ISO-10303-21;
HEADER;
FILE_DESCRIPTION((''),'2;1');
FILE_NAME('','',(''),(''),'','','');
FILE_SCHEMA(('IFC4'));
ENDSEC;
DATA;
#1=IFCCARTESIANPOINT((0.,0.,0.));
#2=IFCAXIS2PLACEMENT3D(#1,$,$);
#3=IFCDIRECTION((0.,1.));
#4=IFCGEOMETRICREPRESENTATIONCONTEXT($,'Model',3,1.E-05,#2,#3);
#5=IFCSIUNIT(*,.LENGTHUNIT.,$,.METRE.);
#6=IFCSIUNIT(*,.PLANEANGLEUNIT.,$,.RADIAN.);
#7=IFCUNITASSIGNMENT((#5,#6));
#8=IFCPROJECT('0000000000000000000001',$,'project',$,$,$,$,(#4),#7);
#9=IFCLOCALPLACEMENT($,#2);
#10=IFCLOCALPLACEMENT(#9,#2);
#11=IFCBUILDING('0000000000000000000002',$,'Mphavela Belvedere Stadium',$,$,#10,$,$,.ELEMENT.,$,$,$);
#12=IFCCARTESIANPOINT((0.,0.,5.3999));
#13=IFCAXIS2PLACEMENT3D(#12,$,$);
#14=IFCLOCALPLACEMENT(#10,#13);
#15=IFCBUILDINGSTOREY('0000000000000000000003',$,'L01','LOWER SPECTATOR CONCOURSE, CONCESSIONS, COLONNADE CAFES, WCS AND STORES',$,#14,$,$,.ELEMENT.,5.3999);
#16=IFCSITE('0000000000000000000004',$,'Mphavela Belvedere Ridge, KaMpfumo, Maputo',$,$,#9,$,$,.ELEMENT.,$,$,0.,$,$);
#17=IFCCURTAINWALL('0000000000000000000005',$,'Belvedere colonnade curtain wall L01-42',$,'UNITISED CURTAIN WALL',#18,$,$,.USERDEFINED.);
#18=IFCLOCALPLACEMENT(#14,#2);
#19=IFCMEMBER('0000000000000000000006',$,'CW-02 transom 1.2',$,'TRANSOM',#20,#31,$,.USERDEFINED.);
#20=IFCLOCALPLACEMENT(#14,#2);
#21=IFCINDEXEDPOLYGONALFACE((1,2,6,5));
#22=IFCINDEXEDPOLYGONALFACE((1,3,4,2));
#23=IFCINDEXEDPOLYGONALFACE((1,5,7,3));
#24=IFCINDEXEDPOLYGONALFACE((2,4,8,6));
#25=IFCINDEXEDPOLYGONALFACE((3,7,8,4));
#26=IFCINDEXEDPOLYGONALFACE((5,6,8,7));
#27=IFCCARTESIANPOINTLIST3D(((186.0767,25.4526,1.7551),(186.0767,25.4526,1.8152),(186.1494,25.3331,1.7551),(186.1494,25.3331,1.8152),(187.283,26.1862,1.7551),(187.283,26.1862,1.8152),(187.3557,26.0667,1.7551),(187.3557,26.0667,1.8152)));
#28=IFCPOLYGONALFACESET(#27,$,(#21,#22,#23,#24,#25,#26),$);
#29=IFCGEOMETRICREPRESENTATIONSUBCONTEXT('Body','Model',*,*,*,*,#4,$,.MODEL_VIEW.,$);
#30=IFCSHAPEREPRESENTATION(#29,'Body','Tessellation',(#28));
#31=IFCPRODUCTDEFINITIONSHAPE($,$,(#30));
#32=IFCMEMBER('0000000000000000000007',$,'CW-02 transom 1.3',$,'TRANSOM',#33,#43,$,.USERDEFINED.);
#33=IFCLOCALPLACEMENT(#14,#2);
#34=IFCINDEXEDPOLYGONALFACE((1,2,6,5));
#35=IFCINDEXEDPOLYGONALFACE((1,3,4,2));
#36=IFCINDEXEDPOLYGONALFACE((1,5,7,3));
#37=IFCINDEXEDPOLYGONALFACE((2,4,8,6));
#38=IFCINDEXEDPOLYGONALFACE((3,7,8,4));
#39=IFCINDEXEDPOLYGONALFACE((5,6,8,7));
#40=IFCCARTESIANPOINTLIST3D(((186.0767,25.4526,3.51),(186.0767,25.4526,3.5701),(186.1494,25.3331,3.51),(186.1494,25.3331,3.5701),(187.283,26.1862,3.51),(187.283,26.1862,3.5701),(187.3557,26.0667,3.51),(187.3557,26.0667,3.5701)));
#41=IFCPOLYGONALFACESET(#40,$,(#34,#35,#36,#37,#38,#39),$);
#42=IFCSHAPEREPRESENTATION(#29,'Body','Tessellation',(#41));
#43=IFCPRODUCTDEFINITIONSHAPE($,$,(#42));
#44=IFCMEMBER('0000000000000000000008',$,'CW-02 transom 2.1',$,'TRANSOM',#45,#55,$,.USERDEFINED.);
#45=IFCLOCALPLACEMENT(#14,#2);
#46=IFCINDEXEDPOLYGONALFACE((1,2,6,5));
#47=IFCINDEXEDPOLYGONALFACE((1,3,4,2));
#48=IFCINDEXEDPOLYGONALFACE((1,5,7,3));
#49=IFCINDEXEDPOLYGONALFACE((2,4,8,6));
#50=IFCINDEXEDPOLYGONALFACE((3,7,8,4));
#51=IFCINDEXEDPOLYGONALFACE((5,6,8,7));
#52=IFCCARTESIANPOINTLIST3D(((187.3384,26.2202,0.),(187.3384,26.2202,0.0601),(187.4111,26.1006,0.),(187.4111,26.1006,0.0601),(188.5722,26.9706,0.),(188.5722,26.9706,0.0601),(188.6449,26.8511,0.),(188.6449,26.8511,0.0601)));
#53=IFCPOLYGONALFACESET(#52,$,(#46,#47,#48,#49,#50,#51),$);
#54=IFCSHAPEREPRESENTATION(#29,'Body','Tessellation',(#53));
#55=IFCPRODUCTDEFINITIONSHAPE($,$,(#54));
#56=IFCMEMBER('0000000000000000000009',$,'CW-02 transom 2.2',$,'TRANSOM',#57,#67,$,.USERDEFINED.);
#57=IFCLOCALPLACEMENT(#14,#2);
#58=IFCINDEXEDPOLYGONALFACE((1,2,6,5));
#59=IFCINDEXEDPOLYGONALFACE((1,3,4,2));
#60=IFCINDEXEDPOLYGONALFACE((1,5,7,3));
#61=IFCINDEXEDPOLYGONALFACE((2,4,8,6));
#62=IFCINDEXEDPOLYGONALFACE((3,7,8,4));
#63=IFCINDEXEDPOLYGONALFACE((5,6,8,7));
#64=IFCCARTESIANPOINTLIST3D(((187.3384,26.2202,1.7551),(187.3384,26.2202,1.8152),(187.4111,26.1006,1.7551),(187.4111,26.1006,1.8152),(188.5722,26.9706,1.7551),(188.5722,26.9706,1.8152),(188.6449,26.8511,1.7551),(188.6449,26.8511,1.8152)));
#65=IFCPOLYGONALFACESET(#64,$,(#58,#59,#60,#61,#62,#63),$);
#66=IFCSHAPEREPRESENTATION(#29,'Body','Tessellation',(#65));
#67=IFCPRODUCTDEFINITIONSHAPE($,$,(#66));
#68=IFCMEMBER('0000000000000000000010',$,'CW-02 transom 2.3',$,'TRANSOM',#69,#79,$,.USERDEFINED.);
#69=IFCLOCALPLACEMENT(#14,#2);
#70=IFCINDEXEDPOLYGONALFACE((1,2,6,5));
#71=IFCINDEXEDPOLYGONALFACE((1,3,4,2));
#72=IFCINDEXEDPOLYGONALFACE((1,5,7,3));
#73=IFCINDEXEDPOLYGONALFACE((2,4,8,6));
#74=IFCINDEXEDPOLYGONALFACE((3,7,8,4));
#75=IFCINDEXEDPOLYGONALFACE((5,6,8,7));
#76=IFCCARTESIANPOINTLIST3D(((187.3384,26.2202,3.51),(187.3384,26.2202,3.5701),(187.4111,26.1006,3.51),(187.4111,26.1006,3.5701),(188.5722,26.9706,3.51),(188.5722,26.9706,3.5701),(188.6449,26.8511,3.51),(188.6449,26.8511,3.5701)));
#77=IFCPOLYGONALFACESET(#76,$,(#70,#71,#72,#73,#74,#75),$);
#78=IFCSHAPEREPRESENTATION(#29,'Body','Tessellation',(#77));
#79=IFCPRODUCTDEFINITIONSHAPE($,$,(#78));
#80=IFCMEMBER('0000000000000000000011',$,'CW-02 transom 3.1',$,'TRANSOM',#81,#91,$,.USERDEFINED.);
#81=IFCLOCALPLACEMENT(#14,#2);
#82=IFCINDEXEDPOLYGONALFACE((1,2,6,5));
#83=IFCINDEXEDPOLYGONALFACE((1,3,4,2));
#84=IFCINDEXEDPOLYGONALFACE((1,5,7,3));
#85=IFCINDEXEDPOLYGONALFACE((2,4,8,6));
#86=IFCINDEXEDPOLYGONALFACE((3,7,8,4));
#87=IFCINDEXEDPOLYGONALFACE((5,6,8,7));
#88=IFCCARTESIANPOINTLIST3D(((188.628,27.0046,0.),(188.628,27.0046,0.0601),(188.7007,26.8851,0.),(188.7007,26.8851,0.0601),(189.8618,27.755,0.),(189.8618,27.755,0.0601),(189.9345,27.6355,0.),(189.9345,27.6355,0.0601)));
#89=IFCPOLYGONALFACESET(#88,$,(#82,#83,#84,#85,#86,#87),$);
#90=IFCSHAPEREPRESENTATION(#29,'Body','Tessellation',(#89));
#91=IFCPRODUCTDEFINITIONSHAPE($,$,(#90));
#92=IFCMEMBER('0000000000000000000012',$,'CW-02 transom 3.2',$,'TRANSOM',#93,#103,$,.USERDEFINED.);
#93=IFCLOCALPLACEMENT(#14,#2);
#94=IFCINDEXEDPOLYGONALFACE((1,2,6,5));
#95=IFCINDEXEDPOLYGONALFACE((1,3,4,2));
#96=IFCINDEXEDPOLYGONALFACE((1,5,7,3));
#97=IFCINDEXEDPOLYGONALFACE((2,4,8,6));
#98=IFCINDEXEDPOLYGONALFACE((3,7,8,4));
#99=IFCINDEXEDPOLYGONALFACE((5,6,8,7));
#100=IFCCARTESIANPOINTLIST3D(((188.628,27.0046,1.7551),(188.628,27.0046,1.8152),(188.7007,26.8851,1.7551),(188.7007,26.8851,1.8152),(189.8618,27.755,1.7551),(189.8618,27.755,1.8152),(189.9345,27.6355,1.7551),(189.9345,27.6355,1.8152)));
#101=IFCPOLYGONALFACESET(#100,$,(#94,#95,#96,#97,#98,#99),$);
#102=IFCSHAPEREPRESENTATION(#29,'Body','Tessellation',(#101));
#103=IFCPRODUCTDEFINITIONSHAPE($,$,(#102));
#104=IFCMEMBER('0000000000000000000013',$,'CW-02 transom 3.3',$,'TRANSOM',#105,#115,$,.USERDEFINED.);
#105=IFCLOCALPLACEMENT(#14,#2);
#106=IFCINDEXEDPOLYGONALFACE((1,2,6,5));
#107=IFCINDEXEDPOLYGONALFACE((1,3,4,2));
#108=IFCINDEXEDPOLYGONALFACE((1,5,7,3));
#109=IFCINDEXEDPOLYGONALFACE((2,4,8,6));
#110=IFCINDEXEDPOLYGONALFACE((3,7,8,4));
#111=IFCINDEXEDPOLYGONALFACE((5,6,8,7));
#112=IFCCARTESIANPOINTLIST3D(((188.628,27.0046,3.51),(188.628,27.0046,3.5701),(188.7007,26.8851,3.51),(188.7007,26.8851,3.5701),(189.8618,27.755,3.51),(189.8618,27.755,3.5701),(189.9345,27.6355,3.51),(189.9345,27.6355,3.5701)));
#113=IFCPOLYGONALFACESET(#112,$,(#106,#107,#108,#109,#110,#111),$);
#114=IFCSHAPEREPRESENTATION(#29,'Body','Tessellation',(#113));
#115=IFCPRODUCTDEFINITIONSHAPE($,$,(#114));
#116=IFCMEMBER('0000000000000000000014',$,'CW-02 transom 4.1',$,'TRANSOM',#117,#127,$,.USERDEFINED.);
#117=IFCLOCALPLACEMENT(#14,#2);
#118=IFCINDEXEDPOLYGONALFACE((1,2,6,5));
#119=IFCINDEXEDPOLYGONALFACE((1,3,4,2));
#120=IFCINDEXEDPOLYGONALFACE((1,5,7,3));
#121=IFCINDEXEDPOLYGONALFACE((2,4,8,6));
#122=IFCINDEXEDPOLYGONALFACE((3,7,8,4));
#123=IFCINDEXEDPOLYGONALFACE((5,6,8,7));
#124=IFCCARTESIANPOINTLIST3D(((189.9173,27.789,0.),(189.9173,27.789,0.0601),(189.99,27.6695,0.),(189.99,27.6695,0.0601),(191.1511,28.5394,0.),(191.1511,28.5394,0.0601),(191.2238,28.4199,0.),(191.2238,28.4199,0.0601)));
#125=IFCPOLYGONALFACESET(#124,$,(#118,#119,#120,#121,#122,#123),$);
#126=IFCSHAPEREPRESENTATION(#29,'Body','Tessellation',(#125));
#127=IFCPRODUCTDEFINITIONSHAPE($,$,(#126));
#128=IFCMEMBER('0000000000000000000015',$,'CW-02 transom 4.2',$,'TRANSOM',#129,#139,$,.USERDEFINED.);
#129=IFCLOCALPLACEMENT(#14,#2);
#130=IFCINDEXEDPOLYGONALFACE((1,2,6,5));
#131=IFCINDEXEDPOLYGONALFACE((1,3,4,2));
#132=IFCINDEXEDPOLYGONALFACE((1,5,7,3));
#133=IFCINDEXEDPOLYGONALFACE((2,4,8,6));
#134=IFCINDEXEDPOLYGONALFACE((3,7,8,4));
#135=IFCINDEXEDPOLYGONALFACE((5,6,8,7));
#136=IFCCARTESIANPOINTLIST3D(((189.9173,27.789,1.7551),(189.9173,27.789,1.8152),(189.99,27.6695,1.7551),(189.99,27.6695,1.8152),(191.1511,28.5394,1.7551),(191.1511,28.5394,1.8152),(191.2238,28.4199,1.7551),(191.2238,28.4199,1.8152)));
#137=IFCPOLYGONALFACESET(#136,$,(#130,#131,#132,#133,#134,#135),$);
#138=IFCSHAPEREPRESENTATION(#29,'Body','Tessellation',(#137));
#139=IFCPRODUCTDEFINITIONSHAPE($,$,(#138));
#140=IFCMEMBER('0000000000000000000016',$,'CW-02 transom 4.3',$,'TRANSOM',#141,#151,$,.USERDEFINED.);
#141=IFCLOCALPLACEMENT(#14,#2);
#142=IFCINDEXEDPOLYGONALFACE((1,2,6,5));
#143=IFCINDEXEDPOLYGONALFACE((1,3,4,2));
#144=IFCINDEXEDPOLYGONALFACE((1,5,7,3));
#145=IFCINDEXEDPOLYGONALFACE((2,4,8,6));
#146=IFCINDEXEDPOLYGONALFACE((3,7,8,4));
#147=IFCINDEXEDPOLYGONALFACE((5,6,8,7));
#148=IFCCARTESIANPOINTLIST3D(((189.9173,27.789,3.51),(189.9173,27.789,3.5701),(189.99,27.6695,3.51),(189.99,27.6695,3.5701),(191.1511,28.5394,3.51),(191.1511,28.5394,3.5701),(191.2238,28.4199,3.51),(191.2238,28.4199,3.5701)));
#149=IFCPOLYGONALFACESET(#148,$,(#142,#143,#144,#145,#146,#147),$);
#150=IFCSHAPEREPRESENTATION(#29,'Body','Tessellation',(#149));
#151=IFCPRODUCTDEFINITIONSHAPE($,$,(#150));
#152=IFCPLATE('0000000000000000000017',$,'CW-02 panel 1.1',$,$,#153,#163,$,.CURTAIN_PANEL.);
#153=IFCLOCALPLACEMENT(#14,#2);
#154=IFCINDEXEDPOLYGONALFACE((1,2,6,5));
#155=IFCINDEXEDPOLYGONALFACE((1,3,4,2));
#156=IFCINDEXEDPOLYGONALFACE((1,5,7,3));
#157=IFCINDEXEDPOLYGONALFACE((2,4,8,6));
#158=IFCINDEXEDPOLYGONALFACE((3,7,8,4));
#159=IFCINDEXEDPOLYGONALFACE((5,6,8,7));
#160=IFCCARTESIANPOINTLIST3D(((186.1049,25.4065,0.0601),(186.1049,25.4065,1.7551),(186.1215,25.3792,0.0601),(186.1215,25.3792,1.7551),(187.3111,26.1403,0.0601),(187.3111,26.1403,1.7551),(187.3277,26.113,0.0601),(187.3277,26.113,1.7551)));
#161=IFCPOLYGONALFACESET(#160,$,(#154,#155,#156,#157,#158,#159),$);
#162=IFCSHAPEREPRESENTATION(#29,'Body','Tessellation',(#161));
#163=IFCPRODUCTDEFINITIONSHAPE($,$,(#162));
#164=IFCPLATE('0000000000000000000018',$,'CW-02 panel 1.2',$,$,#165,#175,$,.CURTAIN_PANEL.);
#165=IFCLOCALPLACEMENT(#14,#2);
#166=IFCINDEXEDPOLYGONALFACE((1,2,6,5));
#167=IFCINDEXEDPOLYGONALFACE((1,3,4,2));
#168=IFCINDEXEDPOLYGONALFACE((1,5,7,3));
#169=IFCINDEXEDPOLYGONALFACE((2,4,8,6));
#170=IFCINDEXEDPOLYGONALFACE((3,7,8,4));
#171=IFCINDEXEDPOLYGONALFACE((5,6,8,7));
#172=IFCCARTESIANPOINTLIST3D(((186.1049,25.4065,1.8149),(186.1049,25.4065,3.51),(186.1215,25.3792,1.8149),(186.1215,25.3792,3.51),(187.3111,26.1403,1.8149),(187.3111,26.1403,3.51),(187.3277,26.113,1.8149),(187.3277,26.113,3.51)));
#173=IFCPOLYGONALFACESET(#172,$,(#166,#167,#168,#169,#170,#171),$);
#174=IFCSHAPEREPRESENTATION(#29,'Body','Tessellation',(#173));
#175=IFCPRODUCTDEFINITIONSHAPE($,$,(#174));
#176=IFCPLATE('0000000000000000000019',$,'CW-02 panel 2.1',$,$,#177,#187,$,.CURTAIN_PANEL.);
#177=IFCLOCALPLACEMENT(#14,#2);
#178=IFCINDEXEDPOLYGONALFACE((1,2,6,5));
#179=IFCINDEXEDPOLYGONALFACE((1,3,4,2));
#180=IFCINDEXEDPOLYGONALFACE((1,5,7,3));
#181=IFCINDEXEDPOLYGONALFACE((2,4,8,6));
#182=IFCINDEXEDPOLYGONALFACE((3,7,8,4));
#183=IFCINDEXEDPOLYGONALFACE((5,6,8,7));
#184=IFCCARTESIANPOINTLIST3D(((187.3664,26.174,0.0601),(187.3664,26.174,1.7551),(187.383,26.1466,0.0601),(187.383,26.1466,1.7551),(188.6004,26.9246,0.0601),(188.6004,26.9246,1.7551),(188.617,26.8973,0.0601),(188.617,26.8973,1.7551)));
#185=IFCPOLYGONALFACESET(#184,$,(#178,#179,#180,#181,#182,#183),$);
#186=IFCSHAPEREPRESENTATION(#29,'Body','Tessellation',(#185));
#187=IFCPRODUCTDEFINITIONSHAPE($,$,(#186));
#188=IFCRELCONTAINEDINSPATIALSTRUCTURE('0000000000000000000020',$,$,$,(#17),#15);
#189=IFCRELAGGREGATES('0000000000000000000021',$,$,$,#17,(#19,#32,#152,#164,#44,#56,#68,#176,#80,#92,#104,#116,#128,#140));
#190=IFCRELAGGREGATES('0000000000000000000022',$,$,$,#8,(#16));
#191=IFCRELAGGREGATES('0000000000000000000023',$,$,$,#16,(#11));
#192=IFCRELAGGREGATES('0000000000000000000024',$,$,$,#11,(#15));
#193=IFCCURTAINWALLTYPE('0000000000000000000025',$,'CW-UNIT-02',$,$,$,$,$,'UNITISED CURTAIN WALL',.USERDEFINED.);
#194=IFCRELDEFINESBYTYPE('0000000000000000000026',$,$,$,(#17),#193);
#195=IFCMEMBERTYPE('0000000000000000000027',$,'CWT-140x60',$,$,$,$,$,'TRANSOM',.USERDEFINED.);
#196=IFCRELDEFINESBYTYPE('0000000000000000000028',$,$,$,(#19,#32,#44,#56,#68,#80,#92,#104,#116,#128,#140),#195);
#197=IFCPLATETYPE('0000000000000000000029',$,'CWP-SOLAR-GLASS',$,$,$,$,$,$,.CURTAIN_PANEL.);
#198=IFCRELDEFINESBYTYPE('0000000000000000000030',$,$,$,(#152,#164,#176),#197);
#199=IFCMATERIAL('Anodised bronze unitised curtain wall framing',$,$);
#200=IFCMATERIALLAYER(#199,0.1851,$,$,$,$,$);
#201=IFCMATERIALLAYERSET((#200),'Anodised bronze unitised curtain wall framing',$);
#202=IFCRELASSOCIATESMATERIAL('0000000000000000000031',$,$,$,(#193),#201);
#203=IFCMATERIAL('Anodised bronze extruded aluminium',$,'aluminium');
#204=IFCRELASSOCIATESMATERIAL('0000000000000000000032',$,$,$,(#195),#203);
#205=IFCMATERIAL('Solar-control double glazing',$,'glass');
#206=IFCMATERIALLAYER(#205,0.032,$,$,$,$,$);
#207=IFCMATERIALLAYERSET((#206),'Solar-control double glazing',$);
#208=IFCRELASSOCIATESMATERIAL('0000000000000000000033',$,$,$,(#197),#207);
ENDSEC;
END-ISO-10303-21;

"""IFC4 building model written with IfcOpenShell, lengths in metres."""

from ifc_helpers import new_model, si_unit, direction, frame, origin, origin_2d, place, context, subcontext, project, spatial, rectangle, extrude, material, layer, layer_set, material_profile, profile_set, type_object, element, aggregate, save


model = new_model("IFC4")

# Units and contexts
model_context = context("Model", 3, precision=1e-05, world=origin(), true_north=direction((0.0, 1.0)))
body_context = subcontext(model_context, "Body", "Model", "MODEL_VIEW")
ifc_project = project(units=[si_unit("LENGTHUNIT", "METRE"), si_unit("PLANEANGLEUNIT", "RADIAN")], contexts=[model_context])

# Site, building, storey
site_placement = place(None, origin())
site = spatial("IfcSite", under=ifc_project, at=site_placement, Name="Mphavela Belvedere Ridge, KaMpfumo, Maputo", CompositionType="ELEMENT", RefElevation=0.0)
building_placement = place(site_placement, origin())
building = spatial("IfcBuilding", under=site, at=building_placement, Name="Mphavela Belvedere Stadium", CompositionType="ELEMENT")
storey_placement = place(building_placement, frame((0.0, 0.0, 5.3999)))
storey = spatial("IfcBuildingStorey", under=building, at=storey_placement, Name="L01", Description="LOWER SPECTATOR CONCOURSE, CONCESSIONS, COLONNADE CAFES, WCS AND STORES", CompositionType="ELEMENT", Elevation=5.3999)

# Curtain wall, members, plates
ifc_material_1 = material(Name="Anodised bronze unitised curtain wall framing")
ifc_layer_1 = layer(ifc_material_1, 0.1851)
ifc_layer_set_1 = layer_set([ifc_layer_1], Name="Anodised bronze unitised curtain wall framing")
curtain_wall_type = type_object("IfcCurtainWallType", Name="CW-UNIT-02", ElementType="UNITISED CURTAIN WALL", PredefinedType="USERDEFINED", material=ifc_layer_set_1)
curtain_wall_placement = place(storey_placement, origin())
curtain_wall = element("IfcCurtainWall", 1, at=curtain_wall_placement, inside=storey, type_object=curtain_wall_type, Name="Belvedere colonnade curtain wall L01-42", ObjectType="UNITISED CURTAIN WALL", PredefinedType="USERDEFINED")
ifc_material_2 = material(Name="Anodised bronze extruded aluminium", Category="aluminium")
ifc_material_profile_1 = material_profile(ifc_material_2, rectangle(XDim=0.1399, YDim=0.0601, at=origin_2d()), Name="CW-TRN 140x60")
ifc_profile_set_1 = profile_set([ifc_material_profile_1], Name="Anodised bronze extruded aluminium")
member_type_1 = type_object("IfcMemberType", Name="CWT-140x60", ElementType="TRANSOM", PredefinedType="USERDEFINED", material=ifc_profile_set_1)
member_1_placement = place(storey_placement, frame((186.113, 25.3928, 1.7852), z_axis=(0.854396, 0.519623, 0.0), x_axis=(-0.519623, 0.854396, 0.0)))
member_1 = element("IfcMember", 2, at=member_1_placement, type_object=member_type_1, Name="CW-02 transom 1.2", ObjectType="TRANSOM", PredefinedType="USERDEFINED", context=body_context, shape_type="SweptSolid", body=[
    extrude(rectangle(XDim=0.1399, YDim=0.0601, at=origin_2d()), origin(), (0.0, 0.0, 1.0), 1.4119),
])
member_2_placement = place(storey_placement, frame((186.113, 25.3928, 3.54), z_axis=(0.854396, 0.519623, 0.0), x_axis=(-0.519623, 0.854396, 0.0)))
member_2 = element("IfcMember", 3, at=member_2_placement, type_object=member_type_1, Name="CW-02 transom 1.3", ObjectType="TRANSOM", PredefinedType="USERDEFINED", context=body_context, shape_type="SweptSolid", body=[
    extrude(rectangle(XDim=0.1399, YDim=0.0601, at=origin_2d()), origin(), (0.0, 0.0, 1.0), 1.4119),
])
member_3_placement = place(storey_placement, frame((187.3748, 26.1604, 0.03), z_axis=(0.854375, 0.519657, 0.0), x_axis=(-0.519657, 0.854375, 0.0)))
member_3 = element("IfcMember", 4, at=member_3_placement, type_object=member_type_1, Name="CW-02 transom 2.1", ObjectType="TRANSOM", PredefinedType="USERDEFINED", context=body_context, shape_type="SweptSolid", body=[
    extrude(rectangle(XDim=0.1399, YDim=0.0601, at=origin_2d()), origin(), (0.0, 0.0, 1.0), 1.4441),
])
member_4_placement = place(storey_placement, frame((187.3748, 26.1604, 1.7852), z_axis=(0.854375, 0.519657, 0.0), x_axis=(-0.519657, 0.854375, 0.0)))
member_4 = element("IfcMember", 5, at=member_4_placement, type_object=member_type_1, Name="CW-02 transom 2.2", ObjectType="TRANSOM", PredefinedType="USERDEFINED", context=body_context, shape_type="SweptSolid", body=[
    extrude(rectangle(XDim=0.1399, YDim=0.0601, at=origin_2d()), origin(), (0.0, 0.0, 1.0), 1.4441),
])
member_5_placement = place(storey_placement, frame((187.3748, 26.1604, 3.54), z_axis=(0.854375, 0.519657, 0.0), x_axis=(-0.519657, 0.854375, 0.0)))
member_5 = element("IfcMember", 6, at=member_5_placement, type_object=member_type_1, Name="CW-02 transom 2.3", ObjectType="TRANSOM", PredefinedType="USERDEFINED", context=body_context, shape_type="SweptSolid", body=[
    extrude(rectangle(XDim=0.1399, YDim=0.0601, at=origin_2d()), origin(), (0.0, 0.0, 1.0), 1.4441),
])
member_6_placement = place(storey_placement, frame((188.6643, 26.9448, 0.03), z_axis=(0.854375, 0.519657, 0.0), x_axis=(-0.519657, 0.854375, 0.0)))
member_6 = element("IfcMember", 7, at=member_6_placement, type_object=member_type_1, Name="CW-02 transom 3.1", ObjectType="TRANSOM", PredefinedType="USERDEFINED", context=body_context, shape_type="SweptSolid", body=[
    extrude(rectangle(XDim=0.1399, YDim=0.0601, at=origin_2d()), origin(), (0.0, 0.0, 1.0), 1.4441),
])
member_7_placement = place(storey_placement, frame((188.6643, 26.9448, 1.7852), z_axis=(0.854375, 0.519657, 0.0), x_axis=(-0.519657, 0.854375, 0.0)))
member_7 = element("IfcMember", 8, at=member_7_placement, type_object=member_type_1, Name="CW-02 transom 3.2", ObjectType="TRANSOM", PredefinedType="USERDEFINED", context=body_context, shape_type="SweptSolid", body=[
    extrude(rectangle(XDim=0.1399, YDim=0.0601, at=origin_2d()), origin(), (0.0, 0.0, 1.0), 1.4441),
])
member_8_placement = place(storey_placement, frame((188.6643, 26.9448, 3.54), z_axis=(0.854375, 0.519657, 0.0), x_axis=(-0.519657, 0.854375, 0.0)))
member_8 = element("IfcMember", 9, at=member_8_placement, type_object=member_type_1, Name="CW-02 transom 3.3", ObjectType="TRANSOM", PredefinedType="USERDEFINED", context=body_context, shape_type="SweptSolid", body=[
    extrude(rectangle(XDim=0.1399, YDim=0.0601, at=origin_2d()), origin(), (0.0, 0.0, 1.0), 1.4441),
])
member_9_placement = place(storey_placement, frame((189.9536, 27.7292, 0.03), z_axis=(0.854375, 0.519657, 0.0), x_axis=(-0.519657, 0.854375, 0.0)))
member_9 = element("IfcMember", 10, at=member_9_placement, type_object=member_type_1, Name="CW-02 transom 4.1", ObjectType="TRANSOM", PredefinedType="USERDEFINED", context=body_context, shape_type="SweptSolid", body=[
    extrude(rectangle(XDim=0.1399, YDim=0.0601, at=origin_2d()), origin(), (0.0, 0.0, 1.0), 1.4441),
])
member_10_placement = place(storey_placement, frame((189.9536, 27.7292, 1.7852), z_axis=(0.854375, 0.519657, 0.0), x_axis=(-0.519657, 0.854375, 0.0)))
member_10 = element("IfcMember", 11, at=member_10_placement, type_object=member_type_1, Name="CW-02 transom 4.2", ObjectType="TRANSOM", PredefinedType="USERDEFINED", context=body_context, shape_type="SweptSolid", body=[
    extrude(rectangle(XDim=0.1399, YDim=0.0601, at=origin_2d()), origin(), (0.0, 0.0, 1.0), 1.4441),
])
member_11_placement = place(storey_placement, frame((189.9536, 27.7292, 3.54), z_axis=(0.854375, 0.519657, 0.0), x_axis=(-0.519657, 0.854375, 0.0)))
member_11 = element("IfcMember", 12, at=member_11_placement, type_object=member_type_1, Name="CW-02 transom 4.3", ObjectType="TRANSOM", PredefinedType="USERDEFINED", context=body_context, shape_type="SweptSolid", body=[
    extrude(rectangle(XDim=0.1399, YDim=0.0601, at=origin_2d()), origin(), (0.0, 0.0, 1.0), 1.4441),
])
ifc_material_3 = material(Name="Solar-control double glazing", Category="glass")
ifc_layer_2 = layer(ifc_material_3, 0.032)
ifc_layer_set_2 = layer_set([ifc_layer_2], Name="Solar-control double glazing")
plate_type = type_object("IfcPlateType", Name="CWP-SOLAR-GLASS", PredefinedType="CURTAIN_PANEL", material=ifc_layer_set_2)
plate_1_placement = place(storey_placement, frame((186.7163, 25.7598, 0.0601), z_axis=(0.0, 0.0, 1.0), x_axis=(0.854328, 0.519735, 0.0)))
plate_1 = element("IfcPlate", 13, at=plate_1_placement, type_object=plate_type, Name="CW-02 panel 1.1", PredefinedType="CURTAIN_PANEL", context=body_context, shape_type="SweptSolid", body=[
    extrude(rectangle(XDim=1.4119, YDim=0.032, at=origin_2d()), origin(), (0.0, 0.0, 1.0), 1.6951),
])
plate_2_placement = place(storey_placement, frame((186.7163, 25.7598, 1.8149), z_axis=(0.0, 0.0, 1.0), x_axis=(0.854328, 0.519735, 0.0)))
plate_2 = element("IfcPlate", 14, at=plate_2_placement, type_object=plate_type, Name="CW-02 panel 1.2", PredefinedType="CURTAIN_PANEL", context=body_context, shape_type="SweptSolid", body=[
    extrude(rectangle(XDim=1.4119, YDim=0.032, at=origin_2d()), origin(), (0.0, 0.0, 1.0), 1.6951),
])
plate_3_placement = place(storey_placement, frame((187.9917, 26.5356, 0.0601), z_axis=(0.0, 0.0, 1.0), x_axis=(0.854328, 0.519735, 0.0)))
plate_3 = element("IfcPlate", 15, at=plate_3_placement, type_object=plate_type, Name="CW-02 panel 2.1", PredefinedType="CURTAIN_PANEL", context=body_context, shape_type="SweptSolid", body=[
    extrude(rectangle(XDim=1.4443, YDim=0.032, at=origin_2d()), origin(), (0.0, 0.0, 1.0), 1.6951),
])
aggregate(curtain_wall, [member_1, member_2, plate_1, plate_2, member_3, member_4, member_5, plate_3, member_6, member_7, member_8, member_9, member_10, member_11])

save(model, "model.ifc")
